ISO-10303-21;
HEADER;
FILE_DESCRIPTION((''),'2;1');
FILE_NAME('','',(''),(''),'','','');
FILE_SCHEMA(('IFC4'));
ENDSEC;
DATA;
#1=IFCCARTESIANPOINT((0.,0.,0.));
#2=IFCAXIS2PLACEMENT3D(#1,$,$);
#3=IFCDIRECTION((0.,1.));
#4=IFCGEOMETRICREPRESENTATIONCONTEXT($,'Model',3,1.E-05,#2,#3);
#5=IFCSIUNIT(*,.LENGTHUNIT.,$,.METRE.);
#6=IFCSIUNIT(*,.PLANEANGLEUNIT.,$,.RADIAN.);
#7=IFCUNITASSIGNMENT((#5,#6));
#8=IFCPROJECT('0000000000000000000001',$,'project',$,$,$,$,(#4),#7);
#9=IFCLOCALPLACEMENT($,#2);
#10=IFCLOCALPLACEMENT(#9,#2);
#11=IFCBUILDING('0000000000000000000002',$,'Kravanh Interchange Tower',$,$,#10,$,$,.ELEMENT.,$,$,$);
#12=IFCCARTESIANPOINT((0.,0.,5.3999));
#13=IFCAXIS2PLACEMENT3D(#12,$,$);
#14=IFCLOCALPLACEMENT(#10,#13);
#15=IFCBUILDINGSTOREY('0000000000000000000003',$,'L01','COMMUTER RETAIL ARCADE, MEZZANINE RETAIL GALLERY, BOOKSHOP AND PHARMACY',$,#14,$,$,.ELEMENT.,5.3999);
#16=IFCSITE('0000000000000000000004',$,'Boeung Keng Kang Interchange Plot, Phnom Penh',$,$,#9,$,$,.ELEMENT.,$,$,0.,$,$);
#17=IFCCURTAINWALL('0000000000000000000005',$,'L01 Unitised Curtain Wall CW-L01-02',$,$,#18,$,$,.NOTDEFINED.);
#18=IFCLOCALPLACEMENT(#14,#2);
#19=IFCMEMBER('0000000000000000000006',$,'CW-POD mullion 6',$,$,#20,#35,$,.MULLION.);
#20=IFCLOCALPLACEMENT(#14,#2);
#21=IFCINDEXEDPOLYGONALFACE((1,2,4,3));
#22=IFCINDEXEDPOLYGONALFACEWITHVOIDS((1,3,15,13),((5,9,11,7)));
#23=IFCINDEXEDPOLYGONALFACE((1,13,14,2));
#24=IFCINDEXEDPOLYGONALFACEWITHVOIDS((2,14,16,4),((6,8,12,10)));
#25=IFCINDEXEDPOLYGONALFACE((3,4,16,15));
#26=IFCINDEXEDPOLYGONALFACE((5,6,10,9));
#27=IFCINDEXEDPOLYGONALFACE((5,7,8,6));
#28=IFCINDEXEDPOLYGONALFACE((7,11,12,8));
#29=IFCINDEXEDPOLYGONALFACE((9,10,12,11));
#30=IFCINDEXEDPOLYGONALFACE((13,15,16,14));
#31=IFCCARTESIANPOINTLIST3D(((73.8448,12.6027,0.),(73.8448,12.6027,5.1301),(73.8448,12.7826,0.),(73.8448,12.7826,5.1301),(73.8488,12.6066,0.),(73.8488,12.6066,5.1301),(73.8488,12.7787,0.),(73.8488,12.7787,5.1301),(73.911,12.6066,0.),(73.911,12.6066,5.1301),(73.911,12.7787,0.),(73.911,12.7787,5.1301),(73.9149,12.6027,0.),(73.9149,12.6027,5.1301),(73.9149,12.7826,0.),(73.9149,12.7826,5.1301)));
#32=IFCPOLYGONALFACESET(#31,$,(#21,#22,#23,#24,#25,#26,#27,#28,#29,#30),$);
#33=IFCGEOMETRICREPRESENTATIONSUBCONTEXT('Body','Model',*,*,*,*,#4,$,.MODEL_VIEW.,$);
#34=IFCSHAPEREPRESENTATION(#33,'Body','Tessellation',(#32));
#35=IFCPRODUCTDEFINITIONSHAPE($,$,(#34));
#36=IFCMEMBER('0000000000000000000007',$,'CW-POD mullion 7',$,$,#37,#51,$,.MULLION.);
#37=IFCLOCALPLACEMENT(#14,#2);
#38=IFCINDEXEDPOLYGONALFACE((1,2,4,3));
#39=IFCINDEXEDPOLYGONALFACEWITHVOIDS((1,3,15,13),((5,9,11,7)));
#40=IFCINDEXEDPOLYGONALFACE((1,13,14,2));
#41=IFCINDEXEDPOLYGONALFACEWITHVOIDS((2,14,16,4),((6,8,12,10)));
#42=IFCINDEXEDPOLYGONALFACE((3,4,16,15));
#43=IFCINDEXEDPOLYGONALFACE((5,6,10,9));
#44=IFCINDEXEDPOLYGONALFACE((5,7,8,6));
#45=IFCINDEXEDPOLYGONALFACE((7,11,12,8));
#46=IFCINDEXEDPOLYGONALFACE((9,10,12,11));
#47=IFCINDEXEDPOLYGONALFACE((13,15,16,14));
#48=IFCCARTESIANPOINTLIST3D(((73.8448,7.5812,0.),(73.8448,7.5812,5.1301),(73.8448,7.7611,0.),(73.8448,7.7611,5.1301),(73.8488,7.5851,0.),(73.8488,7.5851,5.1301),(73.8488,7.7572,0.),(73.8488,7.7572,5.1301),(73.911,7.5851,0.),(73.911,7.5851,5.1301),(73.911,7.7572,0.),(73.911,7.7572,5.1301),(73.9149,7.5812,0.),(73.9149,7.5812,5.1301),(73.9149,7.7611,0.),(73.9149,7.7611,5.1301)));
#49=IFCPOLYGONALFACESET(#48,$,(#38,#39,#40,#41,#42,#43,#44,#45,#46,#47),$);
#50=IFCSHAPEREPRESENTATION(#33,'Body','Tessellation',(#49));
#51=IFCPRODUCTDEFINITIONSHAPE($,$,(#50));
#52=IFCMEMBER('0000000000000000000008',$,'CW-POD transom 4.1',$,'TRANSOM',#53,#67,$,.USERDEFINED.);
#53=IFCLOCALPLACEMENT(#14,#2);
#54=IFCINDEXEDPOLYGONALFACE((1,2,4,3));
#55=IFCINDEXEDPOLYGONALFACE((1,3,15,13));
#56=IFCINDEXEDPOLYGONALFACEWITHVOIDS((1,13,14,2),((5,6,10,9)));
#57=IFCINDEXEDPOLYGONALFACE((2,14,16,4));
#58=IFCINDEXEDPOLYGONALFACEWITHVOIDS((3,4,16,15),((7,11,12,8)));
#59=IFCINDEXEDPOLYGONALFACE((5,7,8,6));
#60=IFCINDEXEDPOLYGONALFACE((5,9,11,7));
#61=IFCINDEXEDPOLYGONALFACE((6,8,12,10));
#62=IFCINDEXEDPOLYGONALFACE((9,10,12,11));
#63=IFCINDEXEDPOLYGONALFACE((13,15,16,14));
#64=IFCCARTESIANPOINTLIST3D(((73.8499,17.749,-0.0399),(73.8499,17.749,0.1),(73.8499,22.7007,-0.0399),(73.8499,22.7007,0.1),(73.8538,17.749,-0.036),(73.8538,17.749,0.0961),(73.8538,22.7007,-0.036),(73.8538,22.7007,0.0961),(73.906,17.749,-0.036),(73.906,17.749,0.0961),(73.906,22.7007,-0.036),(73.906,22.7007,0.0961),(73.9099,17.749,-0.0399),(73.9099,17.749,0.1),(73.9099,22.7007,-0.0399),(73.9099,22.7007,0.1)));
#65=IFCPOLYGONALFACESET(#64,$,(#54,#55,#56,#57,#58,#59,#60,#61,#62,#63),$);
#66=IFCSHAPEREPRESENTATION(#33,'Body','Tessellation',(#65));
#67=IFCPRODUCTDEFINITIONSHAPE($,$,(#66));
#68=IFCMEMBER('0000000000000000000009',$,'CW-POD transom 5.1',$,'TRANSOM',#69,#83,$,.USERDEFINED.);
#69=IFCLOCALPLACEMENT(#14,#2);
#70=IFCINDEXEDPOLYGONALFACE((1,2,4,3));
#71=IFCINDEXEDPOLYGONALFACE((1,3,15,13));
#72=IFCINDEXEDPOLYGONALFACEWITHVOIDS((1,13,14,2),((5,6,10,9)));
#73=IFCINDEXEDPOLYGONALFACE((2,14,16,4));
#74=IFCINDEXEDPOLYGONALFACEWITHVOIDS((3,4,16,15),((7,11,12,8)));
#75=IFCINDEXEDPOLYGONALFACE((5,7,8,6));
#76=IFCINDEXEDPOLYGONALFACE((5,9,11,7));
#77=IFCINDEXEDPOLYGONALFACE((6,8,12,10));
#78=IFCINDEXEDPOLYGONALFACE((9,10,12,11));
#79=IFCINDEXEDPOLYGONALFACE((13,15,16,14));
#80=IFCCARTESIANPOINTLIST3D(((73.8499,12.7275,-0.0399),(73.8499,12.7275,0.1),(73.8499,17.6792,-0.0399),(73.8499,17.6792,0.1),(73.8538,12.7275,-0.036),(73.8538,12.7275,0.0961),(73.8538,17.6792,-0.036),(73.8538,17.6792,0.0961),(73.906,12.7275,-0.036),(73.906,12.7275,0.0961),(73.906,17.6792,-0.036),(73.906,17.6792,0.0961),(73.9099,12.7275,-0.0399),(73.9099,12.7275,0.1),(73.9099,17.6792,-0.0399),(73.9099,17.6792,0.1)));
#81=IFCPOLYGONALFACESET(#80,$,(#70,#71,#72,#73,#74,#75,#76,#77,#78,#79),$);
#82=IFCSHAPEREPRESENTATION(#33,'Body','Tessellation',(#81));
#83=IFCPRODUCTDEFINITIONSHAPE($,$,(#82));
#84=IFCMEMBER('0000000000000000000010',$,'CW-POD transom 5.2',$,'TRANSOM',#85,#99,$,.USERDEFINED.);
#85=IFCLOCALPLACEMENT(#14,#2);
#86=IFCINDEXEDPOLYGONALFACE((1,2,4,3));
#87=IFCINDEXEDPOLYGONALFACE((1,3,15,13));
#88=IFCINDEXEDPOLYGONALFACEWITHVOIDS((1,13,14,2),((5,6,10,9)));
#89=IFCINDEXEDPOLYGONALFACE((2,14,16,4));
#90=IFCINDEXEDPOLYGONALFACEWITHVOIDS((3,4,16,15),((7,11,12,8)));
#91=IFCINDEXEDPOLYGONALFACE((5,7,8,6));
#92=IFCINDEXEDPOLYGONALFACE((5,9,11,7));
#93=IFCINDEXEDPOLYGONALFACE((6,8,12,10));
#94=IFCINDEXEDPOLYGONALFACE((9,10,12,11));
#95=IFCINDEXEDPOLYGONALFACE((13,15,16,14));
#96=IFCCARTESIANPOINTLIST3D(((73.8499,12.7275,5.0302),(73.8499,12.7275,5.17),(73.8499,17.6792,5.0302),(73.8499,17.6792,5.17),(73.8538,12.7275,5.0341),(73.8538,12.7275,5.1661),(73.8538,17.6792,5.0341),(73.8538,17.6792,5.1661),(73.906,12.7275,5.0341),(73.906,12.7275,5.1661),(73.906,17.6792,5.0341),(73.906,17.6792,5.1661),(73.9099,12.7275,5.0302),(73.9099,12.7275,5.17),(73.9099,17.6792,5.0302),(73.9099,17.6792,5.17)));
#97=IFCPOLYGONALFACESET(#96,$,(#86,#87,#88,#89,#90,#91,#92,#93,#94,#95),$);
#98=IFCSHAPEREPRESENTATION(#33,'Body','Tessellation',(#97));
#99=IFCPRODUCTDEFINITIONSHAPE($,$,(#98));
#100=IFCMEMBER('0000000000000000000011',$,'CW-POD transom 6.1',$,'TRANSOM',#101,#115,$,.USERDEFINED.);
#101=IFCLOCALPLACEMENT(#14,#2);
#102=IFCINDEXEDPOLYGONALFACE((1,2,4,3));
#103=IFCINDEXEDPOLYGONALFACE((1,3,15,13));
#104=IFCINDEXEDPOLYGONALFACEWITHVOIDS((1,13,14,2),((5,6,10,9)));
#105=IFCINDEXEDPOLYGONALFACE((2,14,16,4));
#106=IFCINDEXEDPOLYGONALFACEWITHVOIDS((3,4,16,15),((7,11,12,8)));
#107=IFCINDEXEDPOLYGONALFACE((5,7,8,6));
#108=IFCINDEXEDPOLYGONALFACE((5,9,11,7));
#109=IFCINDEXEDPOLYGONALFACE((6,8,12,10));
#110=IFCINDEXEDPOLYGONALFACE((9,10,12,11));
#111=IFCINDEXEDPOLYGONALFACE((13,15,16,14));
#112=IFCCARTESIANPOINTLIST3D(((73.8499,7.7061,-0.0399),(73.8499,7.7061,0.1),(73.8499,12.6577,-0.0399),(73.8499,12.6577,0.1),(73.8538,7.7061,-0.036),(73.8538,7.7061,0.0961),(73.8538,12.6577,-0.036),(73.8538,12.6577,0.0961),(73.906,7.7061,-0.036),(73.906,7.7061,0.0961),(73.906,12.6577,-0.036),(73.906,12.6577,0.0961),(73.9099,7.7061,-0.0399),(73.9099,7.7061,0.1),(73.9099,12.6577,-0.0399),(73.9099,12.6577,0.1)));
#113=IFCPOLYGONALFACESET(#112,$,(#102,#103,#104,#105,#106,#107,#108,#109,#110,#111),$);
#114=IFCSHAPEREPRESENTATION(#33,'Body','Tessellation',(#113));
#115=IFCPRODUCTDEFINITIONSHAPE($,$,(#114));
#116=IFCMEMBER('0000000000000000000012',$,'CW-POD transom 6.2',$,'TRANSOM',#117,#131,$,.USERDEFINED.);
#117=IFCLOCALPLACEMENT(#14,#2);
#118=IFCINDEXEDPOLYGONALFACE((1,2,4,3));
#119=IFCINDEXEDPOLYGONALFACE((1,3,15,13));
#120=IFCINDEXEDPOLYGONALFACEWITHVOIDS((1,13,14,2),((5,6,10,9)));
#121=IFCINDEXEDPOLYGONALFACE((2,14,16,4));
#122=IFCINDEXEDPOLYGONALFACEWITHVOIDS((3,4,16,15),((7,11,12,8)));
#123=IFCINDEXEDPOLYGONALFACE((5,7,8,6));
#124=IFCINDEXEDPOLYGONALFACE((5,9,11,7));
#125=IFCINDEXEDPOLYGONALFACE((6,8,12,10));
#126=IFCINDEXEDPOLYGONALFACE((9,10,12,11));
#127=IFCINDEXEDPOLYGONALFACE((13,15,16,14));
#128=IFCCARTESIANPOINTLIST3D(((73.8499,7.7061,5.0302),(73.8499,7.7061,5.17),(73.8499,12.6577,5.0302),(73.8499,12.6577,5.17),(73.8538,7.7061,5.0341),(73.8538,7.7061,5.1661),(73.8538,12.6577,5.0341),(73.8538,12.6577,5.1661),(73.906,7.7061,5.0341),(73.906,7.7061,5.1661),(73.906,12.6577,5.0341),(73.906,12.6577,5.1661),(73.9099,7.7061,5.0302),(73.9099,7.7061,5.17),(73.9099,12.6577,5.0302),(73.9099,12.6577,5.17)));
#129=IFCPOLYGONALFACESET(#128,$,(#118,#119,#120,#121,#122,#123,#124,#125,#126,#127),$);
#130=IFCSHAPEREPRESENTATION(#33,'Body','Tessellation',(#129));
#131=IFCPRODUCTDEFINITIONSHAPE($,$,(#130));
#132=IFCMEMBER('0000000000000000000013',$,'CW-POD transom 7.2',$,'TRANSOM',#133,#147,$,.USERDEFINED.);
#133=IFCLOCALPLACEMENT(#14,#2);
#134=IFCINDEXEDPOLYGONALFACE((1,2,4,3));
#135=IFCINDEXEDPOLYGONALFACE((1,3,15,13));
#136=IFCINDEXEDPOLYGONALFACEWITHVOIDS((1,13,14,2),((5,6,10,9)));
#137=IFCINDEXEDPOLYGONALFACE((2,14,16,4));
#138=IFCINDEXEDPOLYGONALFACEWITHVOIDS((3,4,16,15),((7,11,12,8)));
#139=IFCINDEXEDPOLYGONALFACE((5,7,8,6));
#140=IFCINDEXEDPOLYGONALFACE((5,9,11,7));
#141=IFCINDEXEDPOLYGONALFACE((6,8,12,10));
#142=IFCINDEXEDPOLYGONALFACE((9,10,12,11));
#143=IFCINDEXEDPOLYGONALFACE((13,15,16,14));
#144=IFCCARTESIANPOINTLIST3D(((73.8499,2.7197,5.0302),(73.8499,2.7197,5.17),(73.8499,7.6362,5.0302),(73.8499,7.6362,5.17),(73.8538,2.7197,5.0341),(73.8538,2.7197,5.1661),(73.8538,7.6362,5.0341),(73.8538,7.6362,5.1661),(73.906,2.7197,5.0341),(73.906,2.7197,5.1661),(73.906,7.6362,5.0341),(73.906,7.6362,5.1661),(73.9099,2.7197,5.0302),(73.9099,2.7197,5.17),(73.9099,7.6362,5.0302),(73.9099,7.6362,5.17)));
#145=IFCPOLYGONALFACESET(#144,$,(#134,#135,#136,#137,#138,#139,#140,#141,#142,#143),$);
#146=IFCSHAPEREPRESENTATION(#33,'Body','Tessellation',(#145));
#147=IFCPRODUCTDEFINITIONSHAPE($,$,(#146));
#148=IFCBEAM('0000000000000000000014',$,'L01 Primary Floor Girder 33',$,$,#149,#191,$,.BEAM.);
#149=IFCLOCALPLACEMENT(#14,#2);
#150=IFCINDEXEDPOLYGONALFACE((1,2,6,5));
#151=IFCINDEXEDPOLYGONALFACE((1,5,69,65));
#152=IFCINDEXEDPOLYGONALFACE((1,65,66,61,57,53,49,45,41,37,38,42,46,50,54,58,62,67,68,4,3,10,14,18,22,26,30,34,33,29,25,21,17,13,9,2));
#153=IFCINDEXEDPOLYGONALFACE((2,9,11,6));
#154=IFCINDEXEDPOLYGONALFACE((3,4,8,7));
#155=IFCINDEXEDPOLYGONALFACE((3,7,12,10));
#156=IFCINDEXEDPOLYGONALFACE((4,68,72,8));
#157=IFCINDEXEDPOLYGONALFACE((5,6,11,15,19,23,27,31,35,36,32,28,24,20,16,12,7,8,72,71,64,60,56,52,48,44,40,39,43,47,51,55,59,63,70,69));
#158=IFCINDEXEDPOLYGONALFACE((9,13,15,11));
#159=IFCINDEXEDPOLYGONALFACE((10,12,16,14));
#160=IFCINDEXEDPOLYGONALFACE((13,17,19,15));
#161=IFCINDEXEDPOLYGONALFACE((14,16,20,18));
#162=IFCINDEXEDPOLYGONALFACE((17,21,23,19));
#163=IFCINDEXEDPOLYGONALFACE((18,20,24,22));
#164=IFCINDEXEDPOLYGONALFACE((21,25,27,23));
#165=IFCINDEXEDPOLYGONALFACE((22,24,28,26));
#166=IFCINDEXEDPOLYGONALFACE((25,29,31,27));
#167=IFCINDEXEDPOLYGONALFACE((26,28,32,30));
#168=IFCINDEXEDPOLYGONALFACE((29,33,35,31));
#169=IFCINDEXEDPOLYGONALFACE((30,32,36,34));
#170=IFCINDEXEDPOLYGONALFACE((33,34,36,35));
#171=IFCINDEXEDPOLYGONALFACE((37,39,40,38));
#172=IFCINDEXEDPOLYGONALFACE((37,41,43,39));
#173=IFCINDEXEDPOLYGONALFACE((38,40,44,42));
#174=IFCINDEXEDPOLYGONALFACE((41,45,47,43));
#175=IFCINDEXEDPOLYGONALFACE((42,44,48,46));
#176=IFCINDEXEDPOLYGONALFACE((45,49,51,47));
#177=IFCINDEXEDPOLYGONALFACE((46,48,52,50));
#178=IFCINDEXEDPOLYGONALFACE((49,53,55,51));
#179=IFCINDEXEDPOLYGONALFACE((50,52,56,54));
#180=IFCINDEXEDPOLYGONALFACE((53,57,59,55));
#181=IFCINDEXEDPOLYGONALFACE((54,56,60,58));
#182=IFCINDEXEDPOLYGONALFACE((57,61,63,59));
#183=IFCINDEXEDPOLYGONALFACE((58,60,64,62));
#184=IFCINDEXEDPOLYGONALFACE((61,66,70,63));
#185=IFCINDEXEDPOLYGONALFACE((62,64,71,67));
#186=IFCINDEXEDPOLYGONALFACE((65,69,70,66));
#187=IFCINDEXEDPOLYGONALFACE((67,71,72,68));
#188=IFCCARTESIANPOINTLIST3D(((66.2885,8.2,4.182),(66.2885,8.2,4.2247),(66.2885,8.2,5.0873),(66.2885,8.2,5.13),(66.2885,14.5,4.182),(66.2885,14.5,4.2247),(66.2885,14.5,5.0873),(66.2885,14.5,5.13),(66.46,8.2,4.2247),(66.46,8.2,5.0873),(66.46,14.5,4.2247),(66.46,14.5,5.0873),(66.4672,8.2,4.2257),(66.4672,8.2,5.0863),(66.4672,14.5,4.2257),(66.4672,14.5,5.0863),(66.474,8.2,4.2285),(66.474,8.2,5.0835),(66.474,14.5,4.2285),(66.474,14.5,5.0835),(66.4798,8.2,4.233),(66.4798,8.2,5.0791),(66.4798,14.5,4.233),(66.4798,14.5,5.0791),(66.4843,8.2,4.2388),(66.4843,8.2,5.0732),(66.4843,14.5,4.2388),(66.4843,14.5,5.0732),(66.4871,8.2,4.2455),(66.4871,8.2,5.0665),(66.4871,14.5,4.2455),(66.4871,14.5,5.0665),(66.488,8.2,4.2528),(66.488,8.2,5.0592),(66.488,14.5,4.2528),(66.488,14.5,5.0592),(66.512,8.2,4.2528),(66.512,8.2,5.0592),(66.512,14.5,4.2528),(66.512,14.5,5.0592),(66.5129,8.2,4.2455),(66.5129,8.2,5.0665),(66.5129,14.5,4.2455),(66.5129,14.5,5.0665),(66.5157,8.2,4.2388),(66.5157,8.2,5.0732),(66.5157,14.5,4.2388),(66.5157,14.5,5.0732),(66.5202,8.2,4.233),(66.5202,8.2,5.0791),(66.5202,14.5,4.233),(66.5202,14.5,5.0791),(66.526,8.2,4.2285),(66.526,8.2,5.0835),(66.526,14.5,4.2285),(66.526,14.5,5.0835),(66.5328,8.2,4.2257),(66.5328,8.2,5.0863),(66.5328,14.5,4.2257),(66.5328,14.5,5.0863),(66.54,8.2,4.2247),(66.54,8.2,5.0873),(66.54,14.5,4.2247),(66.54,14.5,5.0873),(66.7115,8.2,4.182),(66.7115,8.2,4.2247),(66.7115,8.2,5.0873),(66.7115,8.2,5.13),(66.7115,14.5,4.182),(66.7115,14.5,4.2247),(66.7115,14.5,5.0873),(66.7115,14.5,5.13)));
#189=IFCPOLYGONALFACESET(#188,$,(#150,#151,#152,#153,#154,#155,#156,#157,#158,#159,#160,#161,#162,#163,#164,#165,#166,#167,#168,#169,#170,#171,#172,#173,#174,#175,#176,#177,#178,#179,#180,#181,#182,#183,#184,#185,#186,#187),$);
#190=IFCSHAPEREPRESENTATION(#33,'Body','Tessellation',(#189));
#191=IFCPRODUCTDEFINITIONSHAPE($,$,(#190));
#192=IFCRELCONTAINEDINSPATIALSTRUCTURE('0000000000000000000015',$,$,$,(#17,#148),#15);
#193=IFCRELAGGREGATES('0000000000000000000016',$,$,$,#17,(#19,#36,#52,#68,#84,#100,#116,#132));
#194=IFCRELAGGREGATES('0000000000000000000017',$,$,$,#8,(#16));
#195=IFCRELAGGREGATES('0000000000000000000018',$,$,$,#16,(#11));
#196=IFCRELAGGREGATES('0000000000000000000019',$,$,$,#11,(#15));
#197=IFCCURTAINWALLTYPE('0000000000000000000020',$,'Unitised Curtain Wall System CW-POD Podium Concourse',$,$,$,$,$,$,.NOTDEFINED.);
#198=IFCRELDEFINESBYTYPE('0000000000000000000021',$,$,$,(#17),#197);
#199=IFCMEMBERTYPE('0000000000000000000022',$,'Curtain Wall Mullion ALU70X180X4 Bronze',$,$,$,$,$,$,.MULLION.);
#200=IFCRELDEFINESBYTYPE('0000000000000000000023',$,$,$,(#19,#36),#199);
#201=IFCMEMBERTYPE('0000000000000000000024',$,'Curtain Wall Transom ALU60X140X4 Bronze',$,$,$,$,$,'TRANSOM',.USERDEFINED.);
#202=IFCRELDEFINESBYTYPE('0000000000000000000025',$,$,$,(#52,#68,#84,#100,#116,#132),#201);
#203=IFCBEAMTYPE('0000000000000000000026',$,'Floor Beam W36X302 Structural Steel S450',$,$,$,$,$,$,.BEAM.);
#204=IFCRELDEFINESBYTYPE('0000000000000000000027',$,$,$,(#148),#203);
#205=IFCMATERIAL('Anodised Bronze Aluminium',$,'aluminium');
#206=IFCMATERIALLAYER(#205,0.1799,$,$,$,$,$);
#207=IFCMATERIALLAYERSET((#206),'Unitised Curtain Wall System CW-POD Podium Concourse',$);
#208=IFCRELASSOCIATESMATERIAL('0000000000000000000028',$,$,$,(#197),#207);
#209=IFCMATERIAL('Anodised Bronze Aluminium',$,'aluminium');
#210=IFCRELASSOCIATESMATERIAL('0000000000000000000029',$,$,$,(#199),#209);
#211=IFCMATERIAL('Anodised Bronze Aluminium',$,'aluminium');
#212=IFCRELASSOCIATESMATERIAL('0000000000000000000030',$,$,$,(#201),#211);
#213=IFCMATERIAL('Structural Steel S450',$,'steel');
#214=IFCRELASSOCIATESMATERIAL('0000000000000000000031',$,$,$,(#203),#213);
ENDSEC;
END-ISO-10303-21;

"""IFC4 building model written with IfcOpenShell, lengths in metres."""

from ifc_helpers import new_model, si_unit, direction, frame, origin, origin_2d, place, context, subcontext, project, spatial, hollow_rectangle, i_section, extrude, material, layer, layer_set, material_profile, profile_set, type_object, element, aggregate, save


model = new_model("IFC4")

# Units and contexts
model_context = context("Model", 3, precision=1e-05, world=origin(), true_north=direction((0.0, 1.0)))
body_context = subcontext(model_context, "Body", "Model", "MODEL_VIEW")
ifc_project = project(units=[si_unit("LENGTHUNIT", "METRE"), si_unit("PLANEANGLEUNIT", "RADIAN")], contexts=[model_context])

# Site, building, storey
site_placement = place(None, origin())
site = spatial("IfcSite", under=ifc_project, at=site_placement, Name="Boeung Keng Kang Interchange Plot, Phnom Penh", CompositionType="ELEMENT", RefElevation=0.0)
building_placement = place(site_placement, origin())
building = spatial("IfcBuilding", under=site, at=building_placement, Name="Kravanh Interchange Tower", CompositionType="ELEMENT")
storey_placement = place(building_placement, frame((0.0, 0.0, 5.3999)))
storey = spatial("IfcBuildingStorey", under=building, at=storey_placement, Name="L01", Description="COMMUTER RETAIL ARCADE, MEZZANINE RETAIL GALLERY, BOOKSHOP AND PHARMACY", CompositionType="ELEMENT", Elevation=5.3999)

# Curtain wall, members
ifc_material_1 = material(Name="Anodised Bronze Aluminium", Category="aluminium")
ifc_layer_1 = layer(ifc_material_1, 0.1799)
ifc_layer_set_1 = layer_set([ifc_layer_1], Name="Unitised Curtain Wall System CW-POD Podium Concourse")
curtain_wall_type = type_object("IfcCurtainWallType", Name="Unitised Curtain Wall System CW-POD Podium Concourse", PredefinedType="NOTDEFINED", material=ifc_layer_set_1)
curtain_wall_placement = place(storey_placement, origin())
curtain_wall = element("IfcCurtainWall", 1, at=curtain_wall_placement, inside=storey, type_object=curtain_wall_type, Name="L01 Unitised Curtain Wall CW-L01-02", PredefinedType="NOTDEFINED")
ifc_material_2 = material(Name="Anodised Bronze Aluminium", Category="aluminium")
ifc_material_profile_1 = material_profile(ifc_material_2, hollow_rectangle(XDim=0.0701, YDim=0.1799, WallThickness=0.0039, at=origin_2d()), Name="ALU70X180X4")
ifc_profile_set_1 = profile_set([ifc_material_profile_1], Name="Anodised Bronze Aluminium")
member_type_1 = type_object("IfcMemberType", Name="Curtain Wall Mullion ALU70X180X4 Bronze", PredefinedType="MULLION", material=ifc_profile_set_1)
member_1_placement = place(storey_placement, frame((73.8799, 12.6926, 0.0), z_axis=(0.0, 0.0, 1.0), x_axis=(1.0, 0.0, 0.0)))
member_1 = element("IfcMember", 2, at=member_1_placement, type_object=member_type_1, Name="CW-POD mullion 6", PredefinedType="MULLION", context=body_context, shape_type="SweptSolid", body=[
    extrude(hollow_rectangle(XDim=0.0701, YDim=0.1799, WallThickness=0.0039, at=origin_2d()), origin(), (0.0, 0.0, 1.0), 5.1301),
])
member_2_placement = place(storey_placement, frame((73.8799, 7.6711, 0.0), z_axis=(0.0, 0.0, 1.0), x_axis=(1.0, 0.0, 0.0)))
member_2 = element("IfcMember", 3, at=member_2_placement, type_object=member_type_1, Name="CW-POD mullion 7", PredefinedType="MULLION", context=body_context, shape_type="SweptSolid", body=[
    extrude(hollow_rectangle(XDim=0.0701, YDim=0.1799, WallThickness=0.0039, at=origin_2d()), origin(), (0.0, 0.0, 1.0), 5.1301),
])
ifc_material_3 = material(Name="Anodised Bronze Aluminium", Category="aluminium")
ifc_material_profile_2 = material_profile(ifc_material_3, hollow_rectangle(XDim=0.0601, YDim=0.1399, WallThickness=0.0039, at=origin_2d()), Name="ALU60X140X4")
ifc_profile_set_2 = profile_set([ifc_material_profile_2], Name="Anodised Bronze Aluminium")
member_type_2 = type_object("IfcMemberType", Name="Curtain Wall Transom ALU60X140X4 Bronze", ElementType="TRANSOM", PredefinedType="USERDEFINED", material=ifc_profile_set_2)
member_3_placement = place(storey_placement, frame((73.8799, 22.7007, 0.03), z_axis=(0.0, -1.0, 0.0), x_axis=(1.0, 0.0, 0.0)))
member_3 = element("IfcMember", 4, at=member_3_placement, type_object=member_type_2, Name="CW-POD transom 4.1", ObjectType="TRANSOM", PredefinedType="USERDEFINED", context=body_context, shape_type="SweptSolid", body=[
    extrude(hollow_rectangle(XDim=0.0601, YDim=0.1399, WallThickness=0.0039, at=origin_2d()), origin(), (0.0, 0.0, 1.0), 4.9517),
])
member_4_placement = place(storey_placement, frame((73.8799, 17.6792, 0.03), z_axis=(0.0, -1.0, 0.0), x_axis=(1.0, 0.0, 0.0)))
member_4 = element("IfcMember", 5, at=member_4_placement, type_object=member_type_2, Name="CW-POD transom 5.1", ObjectType="TRANSOM", PredefinedType="USERDEFINED", context=body_context, shape_type="SweptSolid", body=[
    extrude(hollow_rectangle(XDim=0.0601, YDim=0.1399, WallThickness=0.0039, at=origin_2d()), origin(), (0.0, 0.0, 1.0), 4.9517),
])
member_5_placement = place(storey_placement, frame((73.8799, 17.6792, 5.1001), z_axis=(0.0, -1.0, 0.0), x_axis=(1.0, 0.0, 0.0)))
member_5 = element("IfcMember", 6, at=member_5_placement, type_object=member_type_2, Name="CW-POD transom 5.2", ObjectType="TRANSOM", PredefinedType="USERDEFINED", context=body_context, shape_type="SweptSolid", body=[
    extrude(hollow_rectangle(XDim=0.0601, YDim=0.1399, WallThickness=0.0039, at=origin_2d()), origin(), (0.0, 0.0, 1.0), 4.9517),
])
member_6_placement = place(storey_placement, frame((73.8799, 12.6577, 0.03), z_axis=(0.0, -1.0, 0.0), x_axis=(1.0, 0.0, 0.0)))
member_6 = element("IfcMember", 7, at=member_6_placement, type_object=member_type_2, Name="CW-POD transom 6.1", ObjectType="TRANSOM", PredefinedType="USERDEFINED", context=body_context, shape_type="SweptSolid", body=[
    extrude(hollow_rectangle(XDim=0.0601, YDim=0.1399, WallThickness=0.0039, at=origin_2d()), origin(), (0.0, 0.0, 1.0), 4.9517),
])
member_7_placement = place(storey_placement, frame((73.8799, 12.6577, 5.1001), z_axis=(0.0, -1.0, 0.0), x_axis=(1.0, 0.0, 0.0)))
member_7 = element("IfcMember", 8, at=member_7_placement, type_object=member_type_2, Name="CW-POD transom 6.2", ObjectType="TRANSOM", PredefinedType="USERDEFINED", context=body_context, shape_type="SweptSolid", body=[
    extrude(hollow_rectangle(XDim=0.0601, YDim=0.1399, WallThickness=0.0039, at=origin_2d()), origin(), (0.0, 0.0, 1.0), 4.9517),
])
member_8_placement = place(storey_placement, frame((73.8799, 7.6362, 5.1001), z_axis=(0.0, -1.0, 0.0), x_axis=(1.0, 0.0, 0.0)))
member_8 = element("IfcMember", 9, at=member_8_placement, type_object=member_type_2, Name="CW-POD transom 7.2", ObjectType="TRANSOM", PredefinedType="USERDEFINED", context=body_context, shape_type="SweptSolid", body=[
    extrude(hollow_rectangle(XDim=0.0601, YDim=0.1399, WallThickness=0.0039, at=origin_2d()), origin(), (0.0, 0.0, 1.0), 4.9165),
])

# Beam
ifc_material_4 = material(Name="Structural Steel S450", Category="steel")
ifc_material_profile_3 = material_profile(ifc_material_4, i_section(OverallWidth=0.4231, OverallDepth=0.948, WebThickness=0.0239, FlangeThickness=0.0427, FilletRadius=0.0281, at=origin_2d()), Name="W36X302")
ifc_profile_set_3 = profile_set([ifc_material_profile_3], Name="Structural Steel S450")
beam_type_1 = type_object("IfcBeamType", Name="Floor Beam W36X302 Structural Steel S450", PredefinedType="BEAM", material=ifc_profile_set_3)
beam_1_placement = place(storey_placement, frame((66.5, 8.2, 4.656), z_axis=(0.0, 1.0, 0.0), x_axis=(-1.0, 0.0, 0.0)))
element("IfcBeam", 10, at=beam_1_placement, inside=storey, type_object=beam_type_1, Name="L01 Primary Floor Girder 33", PredefinedType="BEAM", context=body_context, shape_type="SweptSolid", body=[
    extrude(i_section(OverallWidth=0.4231, OverallDepth=0.948, WebThickness=0.0239, FlangeThickness=0.0427, FilletRadius=0.0281, at=origin_2d()), origin(), (0.0, 0.0, 1.0), 6.3),
])

aggregate(curtain_wall, [member_1, member_2, member_3, member_4, member_5, member_6, member_7, member_8])

save(model, "model.ifc")
